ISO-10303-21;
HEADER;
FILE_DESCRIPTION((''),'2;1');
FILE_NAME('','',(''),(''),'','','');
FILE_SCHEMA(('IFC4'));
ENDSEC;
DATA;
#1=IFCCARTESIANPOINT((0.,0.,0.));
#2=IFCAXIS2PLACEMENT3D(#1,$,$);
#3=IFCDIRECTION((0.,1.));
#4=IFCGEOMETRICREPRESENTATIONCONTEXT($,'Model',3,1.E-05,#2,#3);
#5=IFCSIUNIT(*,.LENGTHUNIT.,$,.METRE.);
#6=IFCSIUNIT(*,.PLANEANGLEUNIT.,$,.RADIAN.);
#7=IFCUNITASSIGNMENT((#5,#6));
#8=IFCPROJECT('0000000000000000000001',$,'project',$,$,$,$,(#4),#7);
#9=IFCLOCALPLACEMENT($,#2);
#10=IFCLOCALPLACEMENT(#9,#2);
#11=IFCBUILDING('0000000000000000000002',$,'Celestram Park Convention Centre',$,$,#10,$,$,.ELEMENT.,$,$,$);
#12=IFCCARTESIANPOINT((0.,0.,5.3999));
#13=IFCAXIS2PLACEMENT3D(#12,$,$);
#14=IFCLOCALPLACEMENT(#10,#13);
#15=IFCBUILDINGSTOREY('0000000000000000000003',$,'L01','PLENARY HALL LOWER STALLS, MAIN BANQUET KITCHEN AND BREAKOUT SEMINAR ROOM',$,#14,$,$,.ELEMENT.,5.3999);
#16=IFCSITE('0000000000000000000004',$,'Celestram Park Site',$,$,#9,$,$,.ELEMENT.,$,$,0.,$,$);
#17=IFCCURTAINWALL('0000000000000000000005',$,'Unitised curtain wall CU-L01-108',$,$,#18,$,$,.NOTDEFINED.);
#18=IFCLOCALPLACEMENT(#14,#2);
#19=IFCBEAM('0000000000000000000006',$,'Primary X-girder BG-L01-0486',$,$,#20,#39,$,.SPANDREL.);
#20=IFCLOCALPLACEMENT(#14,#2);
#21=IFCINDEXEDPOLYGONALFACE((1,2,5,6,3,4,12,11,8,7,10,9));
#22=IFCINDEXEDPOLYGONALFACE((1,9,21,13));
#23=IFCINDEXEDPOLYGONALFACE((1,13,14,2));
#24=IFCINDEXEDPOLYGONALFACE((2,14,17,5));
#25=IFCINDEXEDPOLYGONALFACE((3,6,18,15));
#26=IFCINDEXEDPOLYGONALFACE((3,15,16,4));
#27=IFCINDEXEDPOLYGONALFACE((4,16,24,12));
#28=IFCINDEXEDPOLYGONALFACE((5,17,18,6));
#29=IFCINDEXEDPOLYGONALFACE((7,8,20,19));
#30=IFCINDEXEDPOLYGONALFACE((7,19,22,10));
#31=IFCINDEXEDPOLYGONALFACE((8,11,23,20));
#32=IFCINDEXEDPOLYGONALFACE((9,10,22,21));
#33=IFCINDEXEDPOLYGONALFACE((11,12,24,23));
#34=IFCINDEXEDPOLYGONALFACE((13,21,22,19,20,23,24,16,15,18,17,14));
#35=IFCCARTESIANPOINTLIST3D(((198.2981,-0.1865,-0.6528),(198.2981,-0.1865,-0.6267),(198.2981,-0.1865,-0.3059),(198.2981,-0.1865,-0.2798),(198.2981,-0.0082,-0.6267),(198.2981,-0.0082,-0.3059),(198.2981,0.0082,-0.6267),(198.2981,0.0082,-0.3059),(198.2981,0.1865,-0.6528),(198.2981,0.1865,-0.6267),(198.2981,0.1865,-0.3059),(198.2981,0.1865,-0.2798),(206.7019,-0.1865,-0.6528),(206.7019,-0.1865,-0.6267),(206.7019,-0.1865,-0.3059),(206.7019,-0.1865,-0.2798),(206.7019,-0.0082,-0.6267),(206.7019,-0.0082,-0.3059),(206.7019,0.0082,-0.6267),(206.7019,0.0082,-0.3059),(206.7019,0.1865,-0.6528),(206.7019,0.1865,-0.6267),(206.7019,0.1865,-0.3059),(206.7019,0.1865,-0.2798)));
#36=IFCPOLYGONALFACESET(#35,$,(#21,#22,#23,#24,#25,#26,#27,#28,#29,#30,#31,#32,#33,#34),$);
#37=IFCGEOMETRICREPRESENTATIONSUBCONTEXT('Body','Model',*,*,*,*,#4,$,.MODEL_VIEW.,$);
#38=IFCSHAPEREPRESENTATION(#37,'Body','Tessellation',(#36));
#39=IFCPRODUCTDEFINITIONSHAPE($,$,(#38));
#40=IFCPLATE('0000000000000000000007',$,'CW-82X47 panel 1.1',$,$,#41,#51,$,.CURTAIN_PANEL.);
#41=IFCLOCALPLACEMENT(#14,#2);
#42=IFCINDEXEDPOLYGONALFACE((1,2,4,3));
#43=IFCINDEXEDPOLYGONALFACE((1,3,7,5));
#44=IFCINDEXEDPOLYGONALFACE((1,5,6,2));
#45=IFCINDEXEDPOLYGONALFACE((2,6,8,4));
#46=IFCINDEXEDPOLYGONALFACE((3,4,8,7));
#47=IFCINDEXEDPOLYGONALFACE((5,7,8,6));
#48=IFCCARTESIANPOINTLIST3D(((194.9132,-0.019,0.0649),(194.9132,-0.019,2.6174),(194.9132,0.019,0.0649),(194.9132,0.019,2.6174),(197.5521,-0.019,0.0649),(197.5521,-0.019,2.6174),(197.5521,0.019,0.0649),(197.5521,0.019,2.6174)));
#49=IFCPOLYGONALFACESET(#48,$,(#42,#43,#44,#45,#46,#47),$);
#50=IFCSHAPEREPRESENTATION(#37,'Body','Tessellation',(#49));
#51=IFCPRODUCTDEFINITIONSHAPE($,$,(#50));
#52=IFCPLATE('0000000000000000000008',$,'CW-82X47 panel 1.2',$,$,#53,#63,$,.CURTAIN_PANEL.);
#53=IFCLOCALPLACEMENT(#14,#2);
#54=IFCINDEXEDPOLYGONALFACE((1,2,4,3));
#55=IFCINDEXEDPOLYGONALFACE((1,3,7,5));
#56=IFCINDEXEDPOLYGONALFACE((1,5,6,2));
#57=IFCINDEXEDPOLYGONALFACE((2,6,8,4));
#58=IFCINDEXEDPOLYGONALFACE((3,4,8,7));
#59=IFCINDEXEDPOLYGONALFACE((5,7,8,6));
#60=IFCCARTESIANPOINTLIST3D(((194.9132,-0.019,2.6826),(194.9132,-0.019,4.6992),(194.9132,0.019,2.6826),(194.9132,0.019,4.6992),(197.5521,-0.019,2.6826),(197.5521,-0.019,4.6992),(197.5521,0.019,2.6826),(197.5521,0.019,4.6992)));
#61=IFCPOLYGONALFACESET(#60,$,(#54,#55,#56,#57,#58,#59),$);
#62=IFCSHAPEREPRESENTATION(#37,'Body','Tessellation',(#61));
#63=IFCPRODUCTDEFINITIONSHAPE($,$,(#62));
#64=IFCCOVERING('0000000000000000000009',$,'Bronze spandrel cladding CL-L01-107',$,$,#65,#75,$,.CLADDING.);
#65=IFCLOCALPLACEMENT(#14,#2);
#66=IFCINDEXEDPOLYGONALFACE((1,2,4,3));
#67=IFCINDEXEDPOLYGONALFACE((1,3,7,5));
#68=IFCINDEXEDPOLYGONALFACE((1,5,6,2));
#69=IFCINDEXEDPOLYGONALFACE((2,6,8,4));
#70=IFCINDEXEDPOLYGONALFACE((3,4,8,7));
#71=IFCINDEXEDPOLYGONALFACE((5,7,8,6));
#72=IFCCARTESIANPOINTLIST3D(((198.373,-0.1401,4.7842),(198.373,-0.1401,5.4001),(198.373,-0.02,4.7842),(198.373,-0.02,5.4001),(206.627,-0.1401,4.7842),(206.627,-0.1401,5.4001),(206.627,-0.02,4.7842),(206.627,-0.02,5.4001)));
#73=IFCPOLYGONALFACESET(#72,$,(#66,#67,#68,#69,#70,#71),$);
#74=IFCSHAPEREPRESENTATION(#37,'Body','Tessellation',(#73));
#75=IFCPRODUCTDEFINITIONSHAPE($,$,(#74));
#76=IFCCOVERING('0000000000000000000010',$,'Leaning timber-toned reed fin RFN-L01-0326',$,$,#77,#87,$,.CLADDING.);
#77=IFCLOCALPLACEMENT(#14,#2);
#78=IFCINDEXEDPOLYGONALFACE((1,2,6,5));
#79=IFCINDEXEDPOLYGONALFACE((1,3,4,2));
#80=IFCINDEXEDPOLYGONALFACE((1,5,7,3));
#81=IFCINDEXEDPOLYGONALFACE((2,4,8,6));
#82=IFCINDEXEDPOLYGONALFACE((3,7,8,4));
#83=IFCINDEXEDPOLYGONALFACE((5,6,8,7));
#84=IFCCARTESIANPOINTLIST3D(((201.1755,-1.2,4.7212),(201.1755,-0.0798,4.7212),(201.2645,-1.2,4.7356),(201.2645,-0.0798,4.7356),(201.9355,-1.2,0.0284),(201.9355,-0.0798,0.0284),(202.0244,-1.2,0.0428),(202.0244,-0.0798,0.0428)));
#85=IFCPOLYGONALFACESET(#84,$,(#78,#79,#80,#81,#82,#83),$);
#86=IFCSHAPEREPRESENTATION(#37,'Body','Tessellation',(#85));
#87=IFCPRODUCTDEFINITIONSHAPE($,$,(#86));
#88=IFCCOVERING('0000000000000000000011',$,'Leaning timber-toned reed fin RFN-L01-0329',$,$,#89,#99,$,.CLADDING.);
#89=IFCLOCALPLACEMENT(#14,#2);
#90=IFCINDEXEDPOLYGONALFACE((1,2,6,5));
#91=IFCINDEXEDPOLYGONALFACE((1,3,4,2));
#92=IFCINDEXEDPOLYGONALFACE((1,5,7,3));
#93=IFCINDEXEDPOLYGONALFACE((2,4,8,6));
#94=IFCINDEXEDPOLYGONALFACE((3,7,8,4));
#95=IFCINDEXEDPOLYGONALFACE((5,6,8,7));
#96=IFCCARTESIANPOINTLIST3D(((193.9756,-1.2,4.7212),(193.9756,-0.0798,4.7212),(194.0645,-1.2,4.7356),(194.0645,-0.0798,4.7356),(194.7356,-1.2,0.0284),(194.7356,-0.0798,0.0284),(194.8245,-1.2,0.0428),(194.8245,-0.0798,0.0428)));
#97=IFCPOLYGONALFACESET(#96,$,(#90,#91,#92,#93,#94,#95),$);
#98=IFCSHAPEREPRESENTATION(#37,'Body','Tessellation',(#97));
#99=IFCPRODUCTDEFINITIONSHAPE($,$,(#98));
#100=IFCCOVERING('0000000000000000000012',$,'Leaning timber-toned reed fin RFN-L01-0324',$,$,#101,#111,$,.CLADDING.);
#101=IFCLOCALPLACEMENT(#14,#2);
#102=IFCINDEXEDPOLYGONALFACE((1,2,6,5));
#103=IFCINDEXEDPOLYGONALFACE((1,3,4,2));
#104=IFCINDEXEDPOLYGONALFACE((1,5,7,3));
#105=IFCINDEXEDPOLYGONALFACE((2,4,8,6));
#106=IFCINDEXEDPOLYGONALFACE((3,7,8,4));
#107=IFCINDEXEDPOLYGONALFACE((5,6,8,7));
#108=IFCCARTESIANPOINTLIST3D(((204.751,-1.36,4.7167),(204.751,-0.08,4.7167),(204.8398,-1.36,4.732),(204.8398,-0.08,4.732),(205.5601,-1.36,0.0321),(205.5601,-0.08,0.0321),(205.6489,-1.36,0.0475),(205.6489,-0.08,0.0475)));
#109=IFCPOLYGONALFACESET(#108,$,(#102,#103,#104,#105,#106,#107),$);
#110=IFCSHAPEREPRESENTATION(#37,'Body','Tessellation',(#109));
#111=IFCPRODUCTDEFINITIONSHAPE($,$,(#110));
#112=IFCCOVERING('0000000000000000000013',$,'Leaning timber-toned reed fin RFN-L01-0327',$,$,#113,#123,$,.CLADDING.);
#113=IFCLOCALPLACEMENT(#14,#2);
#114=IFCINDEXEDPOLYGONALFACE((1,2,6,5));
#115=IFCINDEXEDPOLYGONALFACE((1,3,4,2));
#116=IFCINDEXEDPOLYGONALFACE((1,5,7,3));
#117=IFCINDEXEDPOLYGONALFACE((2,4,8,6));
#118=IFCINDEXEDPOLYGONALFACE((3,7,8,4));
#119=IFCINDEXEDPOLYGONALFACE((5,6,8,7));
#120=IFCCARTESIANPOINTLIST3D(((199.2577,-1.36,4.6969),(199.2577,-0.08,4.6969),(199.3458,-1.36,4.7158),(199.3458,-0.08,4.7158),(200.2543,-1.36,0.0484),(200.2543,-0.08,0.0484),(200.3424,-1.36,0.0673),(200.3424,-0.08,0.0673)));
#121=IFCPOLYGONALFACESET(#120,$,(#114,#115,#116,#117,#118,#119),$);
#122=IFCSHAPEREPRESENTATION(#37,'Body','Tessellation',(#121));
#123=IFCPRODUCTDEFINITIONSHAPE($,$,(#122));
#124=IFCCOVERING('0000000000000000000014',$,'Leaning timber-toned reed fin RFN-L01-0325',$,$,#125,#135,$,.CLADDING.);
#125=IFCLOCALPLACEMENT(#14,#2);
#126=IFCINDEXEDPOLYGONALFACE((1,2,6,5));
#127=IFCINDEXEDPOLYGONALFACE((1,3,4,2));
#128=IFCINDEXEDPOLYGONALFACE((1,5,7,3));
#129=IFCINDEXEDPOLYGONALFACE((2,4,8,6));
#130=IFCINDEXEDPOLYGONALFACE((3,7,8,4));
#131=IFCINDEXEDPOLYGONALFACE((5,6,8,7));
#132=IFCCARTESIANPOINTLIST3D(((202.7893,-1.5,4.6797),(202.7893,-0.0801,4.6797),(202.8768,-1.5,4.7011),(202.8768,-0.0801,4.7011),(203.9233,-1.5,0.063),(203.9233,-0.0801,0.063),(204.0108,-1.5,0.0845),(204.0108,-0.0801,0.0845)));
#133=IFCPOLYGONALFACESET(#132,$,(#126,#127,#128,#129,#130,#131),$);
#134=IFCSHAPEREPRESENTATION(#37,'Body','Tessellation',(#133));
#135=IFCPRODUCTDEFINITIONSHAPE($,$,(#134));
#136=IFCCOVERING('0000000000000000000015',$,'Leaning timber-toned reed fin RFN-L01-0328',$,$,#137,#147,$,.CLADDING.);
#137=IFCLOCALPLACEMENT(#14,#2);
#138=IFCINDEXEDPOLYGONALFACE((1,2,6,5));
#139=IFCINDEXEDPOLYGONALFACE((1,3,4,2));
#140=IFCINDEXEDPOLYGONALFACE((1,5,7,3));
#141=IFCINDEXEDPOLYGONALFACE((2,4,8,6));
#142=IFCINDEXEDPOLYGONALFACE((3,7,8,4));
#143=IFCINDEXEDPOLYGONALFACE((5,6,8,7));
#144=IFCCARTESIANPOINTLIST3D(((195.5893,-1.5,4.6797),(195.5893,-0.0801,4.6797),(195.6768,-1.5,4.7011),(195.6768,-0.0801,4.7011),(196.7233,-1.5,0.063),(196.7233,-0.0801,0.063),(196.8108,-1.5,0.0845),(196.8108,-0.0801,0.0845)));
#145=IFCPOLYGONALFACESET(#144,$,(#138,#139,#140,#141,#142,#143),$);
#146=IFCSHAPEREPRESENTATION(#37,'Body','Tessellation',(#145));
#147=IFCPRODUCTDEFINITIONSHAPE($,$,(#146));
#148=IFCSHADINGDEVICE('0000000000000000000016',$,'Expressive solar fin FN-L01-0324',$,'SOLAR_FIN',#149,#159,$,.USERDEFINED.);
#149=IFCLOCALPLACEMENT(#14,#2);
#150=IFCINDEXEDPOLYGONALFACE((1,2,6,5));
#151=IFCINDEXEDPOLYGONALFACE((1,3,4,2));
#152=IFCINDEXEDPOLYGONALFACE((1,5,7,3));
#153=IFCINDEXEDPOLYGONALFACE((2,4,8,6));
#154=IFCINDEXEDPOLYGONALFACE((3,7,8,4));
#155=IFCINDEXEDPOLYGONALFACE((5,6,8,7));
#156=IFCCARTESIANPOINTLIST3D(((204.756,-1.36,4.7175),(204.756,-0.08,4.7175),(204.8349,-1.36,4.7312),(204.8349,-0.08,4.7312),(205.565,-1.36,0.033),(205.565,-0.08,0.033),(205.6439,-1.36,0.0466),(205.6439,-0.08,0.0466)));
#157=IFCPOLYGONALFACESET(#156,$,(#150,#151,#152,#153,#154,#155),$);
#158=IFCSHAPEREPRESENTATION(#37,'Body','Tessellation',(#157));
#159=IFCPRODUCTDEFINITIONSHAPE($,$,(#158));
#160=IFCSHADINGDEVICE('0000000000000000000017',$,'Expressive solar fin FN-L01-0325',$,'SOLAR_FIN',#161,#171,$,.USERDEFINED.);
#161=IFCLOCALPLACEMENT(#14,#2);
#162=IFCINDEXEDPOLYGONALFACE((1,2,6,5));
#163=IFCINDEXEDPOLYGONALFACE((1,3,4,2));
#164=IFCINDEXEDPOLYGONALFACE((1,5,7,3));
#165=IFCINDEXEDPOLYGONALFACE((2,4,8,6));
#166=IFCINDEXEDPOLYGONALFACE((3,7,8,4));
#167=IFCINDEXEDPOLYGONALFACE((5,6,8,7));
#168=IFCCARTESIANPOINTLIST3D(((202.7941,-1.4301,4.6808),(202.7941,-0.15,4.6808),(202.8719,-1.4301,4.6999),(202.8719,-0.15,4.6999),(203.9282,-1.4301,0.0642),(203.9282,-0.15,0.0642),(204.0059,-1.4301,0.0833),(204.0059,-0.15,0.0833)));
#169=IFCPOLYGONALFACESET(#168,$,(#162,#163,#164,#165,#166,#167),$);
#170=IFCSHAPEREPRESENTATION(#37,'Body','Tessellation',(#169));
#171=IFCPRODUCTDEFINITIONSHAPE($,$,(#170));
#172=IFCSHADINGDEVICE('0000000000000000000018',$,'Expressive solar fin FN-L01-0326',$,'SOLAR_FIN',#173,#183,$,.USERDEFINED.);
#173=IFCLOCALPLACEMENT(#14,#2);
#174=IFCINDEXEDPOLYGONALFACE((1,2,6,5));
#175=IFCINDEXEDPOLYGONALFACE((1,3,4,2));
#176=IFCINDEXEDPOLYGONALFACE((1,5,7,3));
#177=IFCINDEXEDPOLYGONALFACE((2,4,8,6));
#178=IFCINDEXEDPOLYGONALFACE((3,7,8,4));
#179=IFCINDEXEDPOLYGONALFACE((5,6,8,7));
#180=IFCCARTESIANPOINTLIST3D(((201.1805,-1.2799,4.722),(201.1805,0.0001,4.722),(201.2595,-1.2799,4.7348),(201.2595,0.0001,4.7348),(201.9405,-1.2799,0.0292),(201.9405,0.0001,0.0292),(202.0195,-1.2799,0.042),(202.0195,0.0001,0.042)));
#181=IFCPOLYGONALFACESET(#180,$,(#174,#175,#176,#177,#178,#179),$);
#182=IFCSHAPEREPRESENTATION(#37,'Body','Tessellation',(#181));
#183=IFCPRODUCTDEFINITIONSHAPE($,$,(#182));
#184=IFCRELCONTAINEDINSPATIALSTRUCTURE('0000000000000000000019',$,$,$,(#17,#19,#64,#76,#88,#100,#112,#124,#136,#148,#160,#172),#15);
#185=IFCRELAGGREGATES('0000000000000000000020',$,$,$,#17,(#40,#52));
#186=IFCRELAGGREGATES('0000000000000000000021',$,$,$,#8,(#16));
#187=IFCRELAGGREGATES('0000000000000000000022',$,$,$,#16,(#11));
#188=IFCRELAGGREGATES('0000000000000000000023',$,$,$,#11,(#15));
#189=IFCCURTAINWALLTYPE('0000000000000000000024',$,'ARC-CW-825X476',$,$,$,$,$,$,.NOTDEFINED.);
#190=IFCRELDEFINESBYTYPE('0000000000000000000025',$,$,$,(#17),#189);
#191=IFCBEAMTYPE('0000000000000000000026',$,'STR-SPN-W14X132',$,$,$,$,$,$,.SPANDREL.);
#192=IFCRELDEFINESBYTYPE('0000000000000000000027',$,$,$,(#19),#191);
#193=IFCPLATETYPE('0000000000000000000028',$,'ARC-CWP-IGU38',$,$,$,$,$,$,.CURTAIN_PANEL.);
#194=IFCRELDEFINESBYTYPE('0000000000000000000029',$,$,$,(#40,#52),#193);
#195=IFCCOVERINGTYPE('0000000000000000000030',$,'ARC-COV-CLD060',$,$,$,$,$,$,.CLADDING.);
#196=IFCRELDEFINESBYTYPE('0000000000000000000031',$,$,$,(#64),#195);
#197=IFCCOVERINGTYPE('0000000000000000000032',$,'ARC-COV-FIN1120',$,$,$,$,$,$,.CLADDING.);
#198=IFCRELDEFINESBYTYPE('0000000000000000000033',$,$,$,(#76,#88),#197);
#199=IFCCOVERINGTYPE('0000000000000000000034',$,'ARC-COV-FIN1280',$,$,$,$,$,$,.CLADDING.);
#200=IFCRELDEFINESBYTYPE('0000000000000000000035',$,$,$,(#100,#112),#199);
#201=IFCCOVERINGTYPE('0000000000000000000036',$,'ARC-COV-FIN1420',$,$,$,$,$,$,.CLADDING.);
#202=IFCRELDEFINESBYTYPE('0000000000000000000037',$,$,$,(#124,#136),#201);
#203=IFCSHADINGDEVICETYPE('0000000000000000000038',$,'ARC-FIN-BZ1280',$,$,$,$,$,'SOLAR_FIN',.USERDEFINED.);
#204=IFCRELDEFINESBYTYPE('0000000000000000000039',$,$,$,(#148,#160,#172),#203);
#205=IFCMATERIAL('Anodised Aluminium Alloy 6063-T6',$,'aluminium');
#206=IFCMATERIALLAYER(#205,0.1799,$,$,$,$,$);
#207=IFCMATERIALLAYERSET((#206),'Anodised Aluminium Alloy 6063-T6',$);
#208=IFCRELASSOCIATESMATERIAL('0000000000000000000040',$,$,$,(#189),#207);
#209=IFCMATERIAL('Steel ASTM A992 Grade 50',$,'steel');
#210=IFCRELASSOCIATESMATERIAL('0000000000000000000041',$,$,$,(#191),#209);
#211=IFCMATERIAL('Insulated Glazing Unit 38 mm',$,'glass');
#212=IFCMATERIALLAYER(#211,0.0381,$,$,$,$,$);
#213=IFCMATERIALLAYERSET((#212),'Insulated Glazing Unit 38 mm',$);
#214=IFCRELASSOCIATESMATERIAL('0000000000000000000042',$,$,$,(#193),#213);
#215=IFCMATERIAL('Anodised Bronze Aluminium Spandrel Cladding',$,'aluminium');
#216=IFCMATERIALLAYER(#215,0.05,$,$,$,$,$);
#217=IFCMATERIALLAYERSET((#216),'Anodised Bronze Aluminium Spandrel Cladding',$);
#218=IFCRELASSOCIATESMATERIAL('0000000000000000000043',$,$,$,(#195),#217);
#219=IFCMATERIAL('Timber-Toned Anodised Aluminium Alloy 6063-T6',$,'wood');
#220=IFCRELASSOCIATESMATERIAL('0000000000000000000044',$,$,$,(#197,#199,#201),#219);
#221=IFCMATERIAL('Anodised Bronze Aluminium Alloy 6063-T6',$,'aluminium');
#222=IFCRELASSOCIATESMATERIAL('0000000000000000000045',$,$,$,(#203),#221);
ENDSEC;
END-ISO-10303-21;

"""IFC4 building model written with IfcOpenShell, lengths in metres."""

from ifc_helpers import new_model, si_unit, direction, frame, origin, origin_2d, place, context, subcontext, project, spatial, rectangle, i_section, extrude, material, layer, layer_set, material_profile, profile_set, type_object, element, aggregate, save


model = new_model("IFC4")

# Units and contexts
model_context = context("Model", 3, precision=1e-05, world=origin(), true_north=direction((0.0, 1.0)))
body_context = subcontext(model_context, "Body", "Model", "MODEL_VIEW")
ifc_project = project(units=[si_unit("LENGTHUNIT", "METRE"), si_unit("PLANEANGLEUNIT", "RADIAN")], contexts=[model_context])

# Site, building, storey
site_placement = place(None, origin())
site = spatial("IfcSite", under=ifc_project, at=site_placement, Name="Celestram Park Site", CompositionType="ELEMENT", RefElevation=0.0)
building_placement = place(site_placement, origin())
building = spatial("IfcBuilding", under=site, at=building_placement, Name="Celestram Park Convention Centre", CompositionType="ELEMENT")
storey_placement = place(building_placement, frame((0.0, 0.0, 5.3999)))
storey = spatial("IfcBuildingStorey", under=building, at=storey_placement, Name="L01", Description="PLENARY HALL LOWER STALLS, MAIN BANQUET KITCHEN AND BREAKOUT SEMINAR ROOM", CompositionType="ELEMENT", Elevation=5.3999)

# Shared definitions
ifc_material_1 = material(Name="Anodised Aluminium Alloy 6063-T6", Category="aluminium")
ifc_layer_1 = layer(ifc_material_1, 0.1799)
ifc_layer_set_1 = layer_set([ifc_layer_1], Name="Anodised Aluminium Alloy 6063-T6")
curtain_wall_type = type_object("IfcCurtainWallType", Name="ARC-CW-825X476", PredefinedType="NOTDEFINED", material=ifc_layer_set_1)

# Curtain wall
curtain_wall_1_placement = place(storey_placement, origin())
curtain_wall_1 = element("IfcCurtainWall", 1, at=curtain_wall_1_placement, inside=storey, type_object=curtain_wall_type, Name="Unitised curtain wall CU-L01-108", PredefinedType="NOTDEFINED")

# Beam
ifc_material_2 = material(Name="Steel ASTM A992 Grade 50", Category="steel")
ifc_material_profile_1 = material_profile(ifc_material_2, i_section(OverallWidth=0.373, OverallDepth=0.373, WebThickness=0.0164, FlangeThickness=0.0261, at=origin_2d()), Name="W14X132")
ifc_profile_set_1 = profile_set([ifc_material_profile_1], Name="Steel ASTM A992 Grade 50")
beam_type = type_object("IfcBeamType", Name="STR-SPN-W14X132", PredefinedType="SPANDREL", material=ifc_profile_set_1)
beam_placement = place(storey_placement, frame((198.2981, 0.0, -0.4663), z_axis=(1.0, 0.0, 0.0), x_axis=(0.0, 1.0, 0.0)))
element("IfcBeam", 2, at=beam_placement, inside=storey, type_object=beam_type, Name="Primary X-girder BG-L01-0486", PredefinedType="SPANDREL", context=body_context, shape_type="SweptSolid", body=[
    extrude(i_section(OverallWidth=0.373, OverallDepth=0.373, WebThickness=0.0164, FlangeThickness=0.0261, at=origin_2d()), origin(), (0.0, 0.0, 1.0), 8.4038),
])

# Plates
ifc_material_3 = material(Name="Insulated Glazing Unit 38 mm", Category="glass")
ifc_layer_2 = layer(ifc_material_3, 0.0381)
ifc_layer_set_2 = layer_set([ifc_layer_2], Name="Insulated Glazing Unit 38 mm")
plate_type = type_object("IfcPlateType", Name="ARC-CWP-IGU38", PredefinedType="CURTAIN_PANEL", material=ifc_layer_set_2)
plate_1_placement = place(storey_placement, frame((196.2327, 0.0, 0.0649), z_axis=(0.0, 0.0, 1.0), x_axis=(-1.0, 0.0, 0.0)))
plate_1 = element("IfcPlate", 3, at=plate_1_placement, type_object=plate_type, Name="CW-82X47 panel 1.1", PredefinedType="CURTAIN_PANEL", context=body_context, shape_type="SweptSolid", body=[
    extrude(rectangle(XDim=2.6389, YDim=0.0381, at=origin_2d()), origin(), (0.0, 0.0, 1.0), 2.5525),
])
plate_2_placement = place(storey_placement, frame((196.2327, 0.0, 2.6826), z_axis=(0.0, 0.0, 1.0), x_axis=(-1.0, 0.0, 0.0)))
plate_2 = element("IfcPlate", 4, at=plate_2_placement, type_object=plate_type, Name="CW-82X47 panel 1.2", PredefinedType="CURTAIN_PANEL", context=body_context, shape_type="SweptSolid", body=[
    extrude(rectangle(XDim=2.6389, YDim=0.0381, at=origin_2d()), origin(), (0.0, 0.0, 1.0), 2.0166),
])
aggregate(curtain_wall_1, [plate_1, plate_2])

# Coverings
ifc_material_4 = material(Name="Anodised Bronze Aluminium Spandrel Cladding", Category="aluminium")
ifc_layer_3 = layer(ifc_material_4, 0.05)
ifc_layer_set_3 = layer_set([ifc_layer_3], Name="Anodised Bronze Aluminium Spandrel Cladding")
covering_type_1 = type_object("IfcCoveringType", Name="ARC-COV-CLD060", PredefinedType="CLADDING", material=ifc_layer_set_3)
covering_1_placement = place(storey_placement, frame((202.5, -0.0801, 4.7842), z_axis=(0.0, 0.0, 1.0), x_axis=(-1.0, 0.0, 0.0)))
element("IfcCovering", 5, at=covering_1_placement, inside=storey, type_object=covering_type_1, Name="Bronze spandrel cladding CL-L01-107", PredefinedType="CLADDING", context=body_context, shape_type="SweptSolid", body=[
    extrude(rectangle(XDim=8.2539, YDim=0.1201, at=origin_2d()), origin(), (0.0, 0.0, 1.0), 0.616),
])
ifc_material_5 = material(Name="Timber-Toned Anodised Aluminium Alloy 6063-T6", Category="wood")
ifc_material_profile_2 = material_profile(ifc_material_5, rectangle(XDim=1.1201, YDim=0.0901, at=origin_2d()), Name="REED1120X90")
ifc_profile_set_2 = profile_set([ifc_material_profile_2], Name="Timber-Toned Anodised Aluminium Alloy 6063-T6")
covering_type_2 = type_object("IfcCoveringType", Name="ARC-COV-FIN1120", PredefinedType="CLADDING", material=ifc_profile_set_2)
for number, where, z_axis, x_axis, name in (
    (6, (201.98, -0.6399, 0.0356), (-0.159867, 0.0, 0.987139), (0.0, -1.0, 0.0), "Leaning timber-toned reed fin RFN-L01-0326"),
    (7, (194.78, -0.6399, 0.0356), (-0.159867, 0.0, 0.987139), (0.0, -1.0, 0.0), "Leaning timber-toned reed fin RFN-L01-0329"),
):
    element("IfcCovering", number, at=place(storey_placement, frame(where, z_axis=z_axis, x_axis=x_axis)), inside=storey, type_object=covering_type_2, Name=name, PredefinedType="CLADDING", context=body_context, shape_type="SweptSolid", body=[
        extrude(rectangle(XDim=1.1201, YDim=0.0901, at=origin_2d()), origin(), (0.0, 0.0, 1.0), 4.7539),
    ])
ifc_material_profile_3 = material_profile(ifc_material_5, rectangle(XDim=1.28, YDim=0.0901, at=origin_2d()), Name="REED1280X90")
ifc_profile_set_3 = profile_set([ifc_material_profile_3], Name="Timber-Toned Anodised Aluminium Alloy 6063-T6")
covering_type_3 = type_object("IfcCoveringType", Name="ARC-COV-FIN1280", PredefinedType="CLADDING", material=ifc_profile_set_3)
covering_2_placement = place(storey_placement, frame((205.6045, -0.72, 0.0398), z_axis=(-0.170192, 0.0, 0.985411), x_axis=(0.0, -1.0, 0.0)))
element("IfcCovering", 8, at=covering_2_placement, inside=storey, type_object=covering_type_3, Name="Leaning timber-toned reed fin RFN-L01-0324", PredefinedType="CLADDING", context=body_context, shape_type="SweptSolid", body=[
    extrude(rectangle(XDim=1.28, YDim=0.0901, at=origin_2d()), origin(), (0.0, 0.0, 1.0), 4.7539),
])
covering_3_placement = place(storey_placement, frame((200.2983, -0.72, 0.0579), z_axis=(-0.209627, 0.0, 0.977781), x_axis=(0.0, -1.0, 0.0)))
element("IfcCovering", 9, at=covering_3_placement, inside=storey, type_object=covering_type_3, Name="Leaning timber-toned reed fin RFN-L01-0327", PredefinedType="CLADDING", context=body_context, shape_type="SweptSolid", body=[
    extrude(rectangle(XDim=1.28, YDim=0.0901, at=origin_2d()), origin(), (0.0, 0.0, 1.0), 4.7542),
])
ifc_material_profile_4 = material_profile(ifc_material_5, rectangle(XDim=1.4199, YDim=0.0901, at=origin_2d()), Name="REED1420X90")
ifc_profile_set_4 = profile_set([ifc_material_profile_4], Name="Timber-Toned Anodised Aluminium Alloy 6063-T6")
covering_type_4 = type_object("IfcCoveringType", Name="ARC-COV-FIN1420", PredefinedType="CLADDING", material=ifc_profile_set_4)
for number, where, z_axis, x_axis, name in (
    (10, (203.967, -0.79, 0.0737), (-0.238546, 0.0, 0.971131), (0.0, -1.0, 0.0), "Leaning timber-toned reed fin RFN-L01-0325"),
    (11, (196.7671, -0.79, 0.0737), (-0.238546, 0.0, 0.971131), (0.0, -1.0, 0.0), "Leaning timber-toned reed fin RFN-L01-0328"),
):
    element("IfcCovering", number, at=place(storey_placement, frame(where, z_axis=z_axis, x_axis=x_axis)), inside=storey, type_object=covering_type_4, Name=name, PredefinedType="CLADDING", context=body_context, shape_type="SweptSolid", body=[
        extrude(rectangle(XDim=1.4199, YDim=0.0901, at=origin_2d()), origin(), (0.0, 0.0, 1.0), 4.7539),
    ])

# Shading devices
ifc_material_6 = material(Name="Anodised Bronze Aluminium Alloy 6063-T6", Category="aluminium")
ifc_material_profile_5 = material_profile(ifc_material_6, rectangle(XDim=1.28, YDim=0.0801, at=origin_2d()), Name="FIN1280X80")
ifc_profile_set_5 = profile_set([ifc_material_profile_5], Name="Anodised Bronze Aluminium Alloy 6063-T6")
shading_device_type = type_object("IfcShadingDeviceType", Name="ARC-FIN-BZ1280", ElementType="SOLAR_FIN", PredefinedType="USERDEFINED", material=ifc_profile_set_5)
for number, where, z_axis, x_axis, name in (
    (12, (205.6045, -0.72, 0.0398), (-0.170192, 0.0, 0.985411), (0.0, -1.0, 0.0), "Expressive solar fin FN-L01-0324"),
    (13, (203.967, -0.79, 0.0737), (-0.238546, 0.0, 0.971131), (0.0, -1.0, 0.0), "Expressive solar fin FN-L01-0325"),
    (14, (201.98, -0.6399, 0.0356), (-0.159867, 0.0, 0.987139), (0.0, -1.0, 0.0), "Expressive solar fin FN-L01-0326"),
):
    element("IfcShadingDevice", number, at=place(storey_placement, frame(where, z_axis=z_axis, x_axis=x_axis)), inside=storey, type_object=shading_device_type, Name=name, ObjectType="SOLAR_FIN", PredefinedType="USERDEFINED", context=body_context, shape_type="SweptSolid", body=[
        extrude(rectangle(XDim=1.28, YDim=0.0801, at=origin_2d()), origin(), (0.0, 0.0, 1.0), 4.7539),
    ])

save(model, "model.ifc")
